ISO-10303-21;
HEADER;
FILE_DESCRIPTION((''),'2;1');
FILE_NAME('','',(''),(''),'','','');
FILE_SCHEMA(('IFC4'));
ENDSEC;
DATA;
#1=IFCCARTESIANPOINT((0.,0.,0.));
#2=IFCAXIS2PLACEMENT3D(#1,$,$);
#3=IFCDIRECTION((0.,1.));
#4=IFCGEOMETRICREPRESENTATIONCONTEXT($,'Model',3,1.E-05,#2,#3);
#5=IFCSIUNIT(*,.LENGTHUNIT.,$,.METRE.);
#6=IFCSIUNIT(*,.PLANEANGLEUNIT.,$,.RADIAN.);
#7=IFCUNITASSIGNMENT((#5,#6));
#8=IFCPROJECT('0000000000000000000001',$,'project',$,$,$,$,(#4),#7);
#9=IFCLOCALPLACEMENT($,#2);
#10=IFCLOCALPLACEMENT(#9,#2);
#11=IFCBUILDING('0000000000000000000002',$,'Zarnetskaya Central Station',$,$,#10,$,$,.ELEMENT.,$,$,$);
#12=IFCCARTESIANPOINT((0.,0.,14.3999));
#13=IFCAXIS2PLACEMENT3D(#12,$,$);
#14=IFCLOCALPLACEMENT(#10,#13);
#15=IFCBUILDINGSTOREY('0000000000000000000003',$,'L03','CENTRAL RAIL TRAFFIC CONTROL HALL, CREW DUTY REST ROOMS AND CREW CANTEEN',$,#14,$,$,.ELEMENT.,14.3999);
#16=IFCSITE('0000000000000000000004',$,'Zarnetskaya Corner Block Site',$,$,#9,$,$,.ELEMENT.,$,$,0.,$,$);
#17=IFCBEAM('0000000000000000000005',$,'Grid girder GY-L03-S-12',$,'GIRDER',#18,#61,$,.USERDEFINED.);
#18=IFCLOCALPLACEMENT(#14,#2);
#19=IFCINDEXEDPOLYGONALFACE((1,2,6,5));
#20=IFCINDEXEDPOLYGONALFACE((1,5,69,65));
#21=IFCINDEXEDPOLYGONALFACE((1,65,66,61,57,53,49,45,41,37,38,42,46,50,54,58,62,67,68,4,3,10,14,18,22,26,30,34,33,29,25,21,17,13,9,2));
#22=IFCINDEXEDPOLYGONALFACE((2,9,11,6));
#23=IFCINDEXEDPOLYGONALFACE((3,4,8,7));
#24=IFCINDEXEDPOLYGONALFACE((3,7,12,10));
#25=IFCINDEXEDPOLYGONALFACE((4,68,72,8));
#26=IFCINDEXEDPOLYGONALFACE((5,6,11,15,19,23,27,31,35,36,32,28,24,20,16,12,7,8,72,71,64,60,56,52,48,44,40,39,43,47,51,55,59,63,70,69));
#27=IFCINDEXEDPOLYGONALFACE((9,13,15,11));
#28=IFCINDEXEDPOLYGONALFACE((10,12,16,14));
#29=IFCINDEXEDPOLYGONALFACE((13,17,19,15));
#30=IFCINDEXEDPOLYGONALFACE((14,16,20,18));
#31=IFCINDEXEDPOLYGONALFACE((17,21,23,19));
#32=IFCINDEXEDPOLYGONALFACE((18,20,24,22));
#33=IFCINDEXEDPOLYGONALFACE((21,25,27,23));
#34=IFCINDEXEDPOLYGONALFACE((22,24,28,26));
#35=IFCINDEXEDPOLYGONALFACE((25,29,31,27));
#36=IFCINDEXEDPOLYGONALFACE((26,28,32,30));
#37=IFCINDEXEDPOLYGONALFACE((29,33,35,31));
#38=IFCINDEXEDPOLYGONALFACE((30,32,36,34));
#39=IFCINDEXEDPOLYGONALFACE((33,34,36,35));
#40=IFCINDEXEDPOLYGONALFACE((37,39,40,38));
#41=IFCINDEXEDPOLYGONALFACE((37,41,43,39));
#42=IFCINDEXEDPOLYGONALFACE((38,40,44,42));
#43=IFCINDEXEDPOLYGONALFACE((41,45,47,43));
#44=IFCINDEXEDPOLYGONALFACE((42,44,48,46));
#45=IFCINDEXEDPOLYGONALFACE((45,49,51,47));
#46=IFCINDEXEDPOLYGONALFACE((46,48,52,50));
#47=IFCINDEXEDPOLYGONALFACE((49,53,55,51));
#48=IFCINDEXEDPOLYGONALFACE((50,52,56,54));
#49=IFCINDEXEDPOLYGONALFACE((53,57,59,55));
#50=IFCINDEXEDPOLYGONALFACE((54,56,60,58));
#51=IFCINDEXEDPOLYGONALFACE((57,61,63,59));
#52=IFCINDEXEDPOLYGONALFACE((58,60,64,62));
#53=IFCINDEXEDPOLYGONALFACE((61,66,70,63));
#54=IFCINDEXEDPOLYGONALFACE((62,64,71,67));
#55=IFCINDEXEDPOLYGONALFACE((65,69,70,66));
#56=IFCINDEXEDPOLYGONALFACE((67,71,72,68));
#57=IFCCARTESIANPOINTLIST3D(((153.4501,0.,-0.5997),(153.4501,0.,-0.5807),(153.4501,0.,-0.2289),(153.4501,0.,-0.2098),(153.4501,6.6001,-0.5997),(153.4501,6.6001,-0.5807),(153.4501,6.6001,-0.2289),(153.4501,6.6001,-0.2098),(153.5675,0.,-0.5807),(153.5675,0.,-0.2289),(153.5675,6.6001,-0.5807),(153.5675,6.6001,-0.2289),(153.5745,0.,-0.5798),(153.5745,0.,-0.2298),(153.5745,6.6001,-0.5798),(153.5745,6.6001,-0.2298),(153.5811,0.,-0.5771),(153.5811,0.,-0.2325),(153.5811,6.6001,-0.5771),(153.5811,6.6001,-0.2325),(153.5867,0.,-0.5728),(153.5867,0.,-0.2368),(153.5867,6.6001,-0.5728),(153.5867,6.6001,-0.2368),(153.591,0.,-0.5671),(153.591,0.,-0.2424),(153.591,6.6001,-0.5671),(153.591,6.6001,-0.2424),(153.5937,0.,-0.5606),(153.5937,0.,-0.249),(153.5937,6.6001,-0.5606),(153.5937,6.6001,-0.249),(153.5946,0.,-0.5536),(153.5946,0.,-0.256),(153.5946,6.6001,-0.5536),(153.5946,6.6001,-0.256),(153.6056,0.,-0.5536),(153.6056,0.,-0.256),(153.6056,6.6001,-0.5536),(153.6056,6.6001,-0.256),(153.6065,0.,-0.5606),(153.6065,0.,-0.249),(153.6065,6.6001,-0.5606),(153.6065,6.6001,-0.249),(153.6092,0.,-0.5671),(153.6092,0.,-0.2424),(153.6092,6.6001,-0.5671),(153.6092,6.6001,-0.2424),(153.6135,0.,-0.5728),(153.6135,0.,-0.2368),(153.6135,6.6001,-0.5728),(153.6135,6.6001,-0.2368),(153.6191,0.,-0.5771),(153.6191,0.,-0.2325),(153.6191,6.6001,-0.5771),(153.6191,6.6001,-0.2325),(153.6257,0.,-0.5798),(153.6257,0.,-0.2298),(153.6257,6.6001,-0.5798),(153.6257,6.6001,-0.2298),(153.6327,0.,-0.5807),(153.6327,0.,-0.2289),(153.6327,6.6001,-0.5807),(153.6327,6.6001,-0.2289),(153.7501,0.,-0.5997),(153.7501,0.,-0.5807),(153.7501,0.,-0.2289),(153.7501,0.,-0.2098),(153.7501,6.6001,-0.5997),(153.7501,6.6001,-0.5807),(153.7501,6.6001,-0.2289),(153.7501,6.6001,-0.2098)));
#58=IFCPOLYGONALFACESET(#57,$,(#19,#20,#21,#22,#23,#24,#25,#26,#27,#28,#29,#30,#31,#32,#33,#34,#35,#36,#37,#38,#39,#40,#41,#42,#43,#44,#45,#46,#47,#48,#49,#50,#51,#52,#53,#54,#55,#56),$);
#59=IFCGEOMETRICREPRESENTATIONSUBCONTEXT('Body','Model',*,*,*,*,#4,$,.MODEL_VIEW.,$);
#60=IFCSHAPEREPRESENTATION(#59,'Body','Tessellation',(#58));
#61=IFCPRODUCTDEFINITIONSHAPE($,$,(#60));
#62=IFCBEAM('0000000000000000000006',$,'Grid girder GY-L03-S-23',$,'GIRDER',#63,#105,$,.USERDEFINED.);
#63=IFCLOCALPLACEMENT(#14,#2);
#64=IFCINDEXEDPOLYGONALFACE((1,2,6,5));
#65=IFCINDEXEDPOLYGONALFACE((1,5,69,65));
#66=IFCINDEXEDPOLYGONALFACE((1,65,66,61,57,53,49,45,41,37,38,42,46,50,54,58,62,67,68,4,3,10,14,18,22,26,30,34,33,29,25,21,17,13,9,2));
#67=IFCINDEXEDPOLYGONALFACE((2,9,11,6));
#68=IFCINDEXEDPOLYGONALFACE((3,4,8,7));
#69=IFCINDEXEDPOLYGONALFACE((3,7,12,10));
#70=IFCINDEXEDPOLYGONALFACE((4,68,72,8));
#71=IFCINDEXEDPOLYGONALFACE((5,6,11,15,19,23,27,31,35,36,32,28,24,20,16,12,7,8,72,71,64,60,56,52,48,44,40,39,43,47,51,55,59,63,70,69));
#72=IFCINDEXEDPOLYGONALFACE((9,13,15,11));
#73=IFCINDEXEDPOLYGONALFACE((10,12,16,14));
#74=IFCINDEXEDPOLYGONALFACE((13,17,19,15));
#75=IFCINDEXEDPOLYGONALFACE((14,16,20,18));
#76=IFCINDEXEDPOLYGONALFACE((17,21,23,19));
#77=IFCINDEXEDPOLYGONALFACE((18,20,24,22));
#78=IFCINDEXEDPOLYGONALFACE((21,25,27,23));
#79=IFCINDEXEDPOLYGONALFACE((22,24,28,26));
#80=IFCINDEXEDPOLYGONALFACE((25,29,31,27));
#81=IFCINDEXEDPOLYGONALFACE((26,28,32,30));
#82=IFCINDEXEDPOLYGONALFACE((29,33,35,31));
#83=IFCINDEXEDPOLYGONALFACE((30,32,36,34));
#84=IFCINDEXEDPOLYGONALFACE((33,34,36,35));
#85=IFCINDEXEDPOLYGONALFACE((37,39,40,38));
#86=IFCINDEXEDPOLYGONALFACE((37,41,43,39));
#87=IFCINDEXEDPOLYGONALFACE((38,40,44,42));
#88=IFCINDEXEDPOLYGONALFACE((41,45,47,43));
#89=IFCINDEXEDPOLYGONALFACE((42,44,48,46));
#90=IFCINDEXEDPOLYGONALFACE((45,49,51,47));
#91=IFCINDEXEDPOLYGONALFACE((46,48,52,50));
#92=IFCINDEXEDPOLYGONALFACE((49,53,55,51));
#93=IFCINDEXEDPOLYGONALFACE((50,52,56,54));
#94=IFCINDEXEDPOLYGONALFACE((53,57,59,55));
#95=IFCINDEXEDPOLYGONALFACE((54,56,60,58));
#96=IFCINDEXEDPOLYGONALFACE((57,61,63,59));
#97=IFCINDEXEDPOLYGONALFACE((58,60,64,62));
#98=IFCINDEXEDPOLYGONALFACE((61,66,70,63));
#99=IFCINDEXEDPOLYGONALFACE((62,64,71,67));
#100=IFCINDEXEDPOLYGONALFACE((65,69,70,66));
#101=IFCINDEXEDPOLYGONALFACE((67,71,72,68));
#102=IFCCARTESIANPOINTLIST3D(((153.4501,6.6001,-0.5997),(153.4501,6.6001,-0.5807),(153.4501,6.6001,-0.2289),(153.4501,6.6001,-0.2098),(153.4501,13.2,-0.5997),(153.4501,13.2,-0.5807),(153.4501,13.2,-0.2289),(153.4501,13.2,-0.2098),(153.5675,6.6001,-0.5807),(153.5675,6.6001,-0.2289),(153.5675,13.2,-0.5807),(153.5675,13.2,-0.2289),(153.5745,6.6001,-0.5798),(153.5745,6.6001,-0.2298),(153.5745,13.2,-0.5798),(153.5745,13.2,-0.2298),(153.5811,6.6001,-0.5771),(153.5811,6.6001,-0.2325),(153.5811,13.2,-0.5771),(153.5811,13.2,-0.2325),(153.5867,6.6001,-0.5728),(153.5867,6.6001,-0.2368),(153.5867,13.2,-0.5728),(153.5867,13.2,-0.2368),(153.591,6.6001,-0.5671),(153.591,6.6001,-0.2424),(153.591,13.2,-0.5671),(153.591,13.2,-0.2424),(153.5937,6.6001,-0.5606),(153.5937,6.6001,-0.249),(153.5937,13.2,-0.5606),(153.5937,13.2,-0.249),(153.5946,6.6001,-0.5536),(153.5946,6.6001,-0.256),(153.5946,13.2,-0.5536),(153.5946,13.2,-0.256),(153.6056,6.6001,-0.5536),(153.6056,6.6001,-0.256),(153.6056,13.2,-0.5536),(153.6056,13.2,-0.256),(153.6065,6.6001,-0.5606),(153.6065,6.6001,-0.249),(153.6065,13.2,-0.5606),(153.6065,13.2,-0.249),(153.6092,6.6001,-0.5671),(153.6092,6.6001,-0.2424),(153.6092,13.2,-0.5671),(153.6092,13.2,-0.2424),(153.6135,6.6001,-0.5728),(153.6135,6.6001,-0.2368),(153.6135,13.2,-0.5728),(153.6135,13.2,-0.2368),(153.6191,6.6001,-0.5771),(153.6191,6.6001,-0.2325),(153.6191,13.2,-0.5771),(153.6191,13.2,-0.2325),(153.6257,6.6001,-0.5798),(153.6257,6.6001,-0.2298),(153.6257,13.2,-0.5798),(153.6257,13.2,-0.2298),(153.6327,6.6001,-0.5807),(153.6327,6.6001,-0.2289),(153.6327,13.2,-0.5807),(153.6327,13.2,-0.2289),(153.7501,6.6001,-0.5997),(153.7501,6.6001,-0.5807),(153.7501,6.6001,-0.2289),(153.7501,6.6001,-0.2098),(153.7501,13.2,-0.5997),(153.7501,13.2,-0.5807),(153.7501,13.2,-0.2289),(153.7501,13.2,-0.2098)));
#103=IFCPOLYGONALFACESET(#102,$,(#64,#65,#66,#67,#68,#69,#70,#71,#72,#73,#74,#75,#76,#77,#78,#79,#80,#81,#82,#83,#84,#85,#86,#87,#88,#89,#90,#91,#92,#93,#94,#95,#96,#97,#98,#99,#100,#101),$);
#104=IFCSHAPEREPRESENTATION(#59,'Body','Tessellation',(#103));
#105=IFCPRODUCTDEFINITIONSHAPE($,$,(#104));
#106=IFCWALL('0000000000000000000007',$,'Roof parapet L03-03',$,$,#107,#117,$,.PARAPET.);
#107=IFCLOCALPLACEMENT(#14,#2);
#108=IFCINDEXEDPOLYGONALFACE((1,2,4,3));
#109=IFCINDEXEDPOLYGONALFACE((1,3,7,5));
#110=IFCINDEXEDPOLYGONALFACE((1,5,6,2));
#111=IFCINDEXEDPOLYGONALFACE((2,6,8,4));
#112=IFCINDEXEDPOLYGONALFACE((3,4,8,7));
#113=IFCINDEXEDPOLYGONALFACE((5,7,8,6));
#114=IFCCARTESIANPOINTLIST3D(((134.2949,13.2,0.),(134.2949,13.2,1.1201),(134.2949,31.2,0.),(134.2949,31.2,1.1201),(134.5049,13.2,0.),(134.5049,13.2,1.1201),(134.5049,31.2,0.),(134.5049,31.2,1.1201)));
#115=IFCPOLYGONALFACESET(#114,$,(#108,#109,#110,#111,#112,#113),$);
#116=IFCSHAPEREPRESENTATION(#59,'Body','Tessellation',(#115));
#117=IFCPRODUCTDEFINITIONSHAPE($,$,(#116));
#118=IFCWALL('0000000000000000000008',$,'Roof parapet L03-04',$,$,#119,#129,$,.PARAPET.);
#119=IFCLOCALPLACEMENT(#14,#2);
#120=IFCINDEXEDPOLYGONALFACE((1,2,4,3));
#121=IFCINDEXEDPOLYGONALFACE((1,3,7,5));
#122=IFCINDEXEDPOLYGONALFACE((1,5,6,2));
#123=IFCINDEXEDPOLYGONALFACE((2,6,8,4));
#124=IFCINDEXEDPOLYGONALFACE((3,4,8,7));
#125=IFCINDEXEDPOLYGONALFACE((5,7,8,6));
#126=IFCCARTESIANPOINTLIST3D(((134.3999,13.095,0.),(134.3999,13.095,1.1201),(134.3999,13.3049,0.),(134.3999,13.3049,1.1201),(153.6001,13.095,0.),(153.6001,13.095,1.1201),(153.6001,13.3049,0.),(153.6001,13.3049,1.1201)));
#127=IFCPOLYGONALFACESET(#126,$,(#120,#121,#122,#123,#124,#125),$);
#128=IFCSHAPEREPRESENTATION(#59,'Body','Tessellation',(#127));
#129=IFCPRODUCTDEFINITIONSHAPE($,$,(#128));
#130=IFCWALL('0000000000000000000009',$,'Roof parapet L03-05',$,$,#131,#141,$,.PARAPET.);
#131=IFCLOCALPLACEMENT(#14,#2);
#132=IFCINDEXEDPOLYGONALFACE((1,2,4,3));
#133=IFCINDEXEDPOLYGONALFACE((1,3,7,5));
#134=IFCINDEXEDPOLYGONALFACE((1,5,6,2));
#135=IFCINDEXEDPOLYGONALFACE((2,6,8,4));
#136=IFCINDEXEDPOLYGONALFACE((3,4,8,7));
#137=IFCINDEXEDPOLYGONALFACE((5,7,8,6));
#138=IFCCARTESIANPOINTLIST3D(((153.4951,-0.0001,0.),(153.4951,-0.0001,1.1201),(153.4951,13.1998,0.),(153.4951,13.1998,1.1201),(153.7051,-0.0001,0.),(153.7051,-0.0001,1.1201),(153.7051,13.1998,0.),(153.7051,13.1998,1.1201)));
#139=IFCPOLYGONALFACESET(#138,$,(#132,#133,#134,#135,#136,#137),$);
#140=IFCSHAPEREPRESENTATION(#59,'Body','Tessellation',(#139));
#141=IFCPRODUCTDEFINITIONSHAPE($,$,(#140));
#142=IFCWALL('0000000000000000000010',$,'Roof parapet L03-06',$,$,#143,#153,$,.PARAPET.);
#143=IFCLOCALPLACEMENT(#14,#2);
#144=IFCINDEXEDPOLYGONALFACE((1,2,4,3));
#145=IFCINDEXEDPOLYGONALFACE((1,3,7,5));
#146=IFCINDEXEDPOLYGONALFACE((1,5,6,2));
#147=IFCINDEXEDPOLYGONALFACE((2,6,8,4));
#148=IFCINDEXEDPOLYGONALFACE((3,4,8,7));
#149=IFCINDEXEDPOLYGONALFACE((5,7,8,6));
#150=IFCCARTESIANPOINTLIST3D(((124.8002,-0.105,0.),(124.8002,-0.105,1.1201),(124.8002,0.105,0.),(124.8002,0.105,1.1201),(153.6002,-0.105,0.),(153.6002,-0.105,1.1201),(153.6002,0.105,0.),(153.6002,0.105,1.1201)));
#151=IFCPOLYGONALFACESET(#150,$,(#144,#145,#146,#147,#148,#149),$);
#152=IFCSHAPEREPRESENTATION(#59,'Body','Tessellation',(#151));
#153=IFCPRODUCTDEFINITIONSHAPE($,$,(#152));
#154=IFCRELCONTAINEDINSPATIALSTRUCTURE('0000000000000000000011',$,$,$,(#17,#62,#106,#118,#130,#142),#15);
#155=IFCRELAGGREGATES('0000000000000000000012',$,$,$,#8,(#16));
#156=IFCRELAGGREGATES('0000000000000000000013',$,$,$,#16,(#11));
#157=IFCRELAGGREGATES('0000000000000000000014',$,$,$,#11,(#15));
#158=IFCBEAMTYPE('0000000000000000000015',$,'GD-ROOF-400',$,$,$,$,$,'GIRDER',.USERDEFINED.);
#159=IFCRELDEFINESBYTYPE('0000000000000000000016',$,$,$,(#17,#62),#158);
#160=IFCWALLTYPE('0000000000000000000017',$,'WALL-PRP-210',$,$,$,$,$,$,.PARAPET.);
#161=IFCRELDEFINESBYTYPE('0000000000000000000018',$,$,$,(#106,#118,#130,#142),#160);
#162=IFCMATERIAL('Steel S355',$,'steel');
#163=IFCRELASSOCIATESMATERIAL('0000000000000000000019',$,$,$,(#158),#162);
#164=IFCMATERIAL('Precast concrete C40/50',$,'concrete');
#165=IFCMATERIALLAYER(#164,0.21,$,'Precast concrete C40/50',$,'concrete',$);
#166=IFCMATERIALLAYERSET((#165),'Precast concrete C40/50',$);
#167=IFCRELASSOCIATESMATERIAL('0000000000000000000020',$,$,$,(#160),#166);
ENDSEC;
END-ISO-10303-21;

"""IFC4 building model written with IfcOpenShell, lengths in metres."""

from ifc_helpers import new_model, si_unit, direction, frame, frame_2d, origin, origin_2d, place, context, subcontext, project, spatial, rectangle, i_section, extrude, material, layer, layer_set, material_profile, profile_set, type_object, element, save


model = new_model("IFC4")

# Units and contexts
model_context = context("Model", 3, precision=1e-05, world=origin(), true_north=direction((0.0, 1.0)))
body_context = subcontext(model_context, "Body", "Model", "MODEL_VIEW")
ifc_project = project(units=[si_unit("LENGTHUNIT", "METRE"), si_unit("PLANEANGLEUNIT", "RADIAN")], contexts=[model_context])

# Site, building, storey
site_placement = place(None, origin())
site = spatial("IfcSite", under=ifc_project, at=site_placement, Name="Zarnetskaya Corner Block Site", CompositionType="ELEMENT", RefElevation=0.0)
building_placement = place(site_placement, origin())
building = spatial("IfcBuilding", under=site, at=building_placement, Name="Zarnetskaya Central Station", CompositionType="ELEMENT")
storey_placement = place(building_placement, frame((0.0, 0.0, 14.3999)))
storey = spatial("IfcBuildingStorey", under=building, at=storey_placement, Name="L03", Description="CENTRAL RAIL TRAFFIC CONTROL HALL, CREW DUTY REST ROOMS AND CREW CANTEEN", CompositionType="ELEMENT", Elevation=14.3999)

# Beams
ifc_material_1 = material(Name="Steel S355", Category="steel")
ifc_material_profile_1 = material_profile(ifc_material_1, i_section(OverallWidth=0.3, OverallDepth=0.3899, WebThickness=0.011, FlangeThickness=0.019, FilletRadius=0.0271, at=origin_2d()), Name="HEA 400")
ifc_profile_set_1 = profile_set([ifc_material_profile_1], Name="Steel S355")
beam_type_1 = type_object("IfcBeamType", Name="GD-ROOF-400", ElementType="GIRDER", PredefinedType="USERDEFINED", material=ifc_profile_set_1)
beam_1_placement = place(storey_placement, frame((153.6001, 0.0, -0.4048), z_axis=(0.0, 1.0, 0.0), x_axis=(-1.0, 0.0, 0.0)))
element("IfcBeam", 1, at=beam_1_placement, inside=storey, type_object=beam_type_1, Name="Grid girder GY-L03-S-12", ObjectType="GIRDER", PredefinedType="USERDEFINED", context=body_context, shape_type="SweptSolid", body=[
    extrude(i_section(OverallWidth=0.3, OverallDepth=0.3899, WebThickness=0.011, FlangeThickness=0.019, FilletRadius=0.0271, at=origin_2d()), origin(), (0.0, 0.0, 1.0), 6.6001),
])
beam_2_placement = place(storey_placement, frame((153.6001, 6.6001, -0.4048), z_axis=(0.0, 1.0, 0.0), x_axis=(-1.0, 0.0, 0.0)))
element("IfcBeam", 2, at=beam_2_placement, inside=storey, type_object=beam_type_1, Name="Grid girder GY-L03-S-23", ObjectType="GIRDER", PredefinedType="USERDEFINED", context=body_context, shape_type="SweptSolid", body=[
    extrude(i_section(OverallWidth=0.3, OverallDepth=0.3899, WebThickness=0.011, FlangeThickness=0.019, FilletRadius=0.0271, at=origin_2d()), origin(), (0.0, 0.0, 1.0), 6.5999),
])

# Walls
ifc_material_2 = material(Name="Precast concrete C40/50", Category="concrete")
ifc_layer = layer(ifc_material_2, 0.21, Name="Precast concrete C40/50", Category="concrete")
ifc_layer_set = layer_set([ifc_layer], Name="Precast concrete C40/50")
wall_type = type_object("IfcWallType", Name="WALL-PRP-210", PredefinedType="PARAPET", material=ifc_layer_set)
wall_1_placement = place(storey_placement, frame((134.3999, 31.2, 0.0), z_axis=(0.0, 0.0, 1.0), x_axis=(0.0, -1.0, 0.0)))
element("IfcWall", 3, at=wall_1_placement, inside=storey, type_object=wall_type, Name="Roof parapet L03-03", PredefinedType="PARAPET", context=body_context, shape_type="SweptSolid", body=[
    extrude(rectangle(XDim=18.0, YDim=0.21, at=frame_2d((9.0, 0.0))), origin(), (0.0, 0.0, 1.0), 1.1201),
])
wall_2_placement = place(storey_placement, frame((134.3999, 13.2, 0.0), z_axis=(0.0, 0.0, 1.0), x_axis=(1.0, 0.0, 0.0)))
element("IfcWall", 4, at=wall_2_placement, inside=storey, type_object=wall_type, Name="Roof parapet L03-04", PredefinedType="PARAPET", context=body_context, shape_type="SweptSolid", body=[
    extrude(rectangle(XDim=19.2002, YDim=0.21, at=frame_2d((9.6001, 0.0))), origin(), (0.0, 0.0, 1.0), 1.1201),
])
wall_3_placement = place(storey_placement, frame((153.6001, 13.2, 0.0), z_axis=(0.0, 0.0, 1.0), x_axis=(0.0, -1.0, 0.0)))
element("IfcWall", 5, at=wall_3_placement, inside=storey, type_object=wall_type, Name="Roof parapet L03-05", PredefinedType="PARAPET", context=body_context, shape_type="SweptSolid", body=[
    extrude(rectangle(XDim=13.2, YDim=0.21, at=frame_2d((6.6001, 0.0))), origin(), (0.0, 0.0, 1.0), 1.1201),
])
wall_4_placement = place(storey_placement, frame((153.6001, 0.0, 0.0), z_axis=(0.0, 0.0, 1.0), x_axis=(-1.0, 0.0, 0.0)))
element("IfcWall", 6, at=wall_4_placement, inside=storey, type_object=wall_type, Name="Roof parapet L03-06", PredefinedType="PARAPET", context=body_context, shape_type="SweptSolid", body=[
    extrude(rectangle(XDim=28.8, YDim=0.21, at=frame_2d((14.3999, 0.0))), origin(), (0.0, 0.0, 1.0), 1.1201),
])

save(model, "model.ifc")
